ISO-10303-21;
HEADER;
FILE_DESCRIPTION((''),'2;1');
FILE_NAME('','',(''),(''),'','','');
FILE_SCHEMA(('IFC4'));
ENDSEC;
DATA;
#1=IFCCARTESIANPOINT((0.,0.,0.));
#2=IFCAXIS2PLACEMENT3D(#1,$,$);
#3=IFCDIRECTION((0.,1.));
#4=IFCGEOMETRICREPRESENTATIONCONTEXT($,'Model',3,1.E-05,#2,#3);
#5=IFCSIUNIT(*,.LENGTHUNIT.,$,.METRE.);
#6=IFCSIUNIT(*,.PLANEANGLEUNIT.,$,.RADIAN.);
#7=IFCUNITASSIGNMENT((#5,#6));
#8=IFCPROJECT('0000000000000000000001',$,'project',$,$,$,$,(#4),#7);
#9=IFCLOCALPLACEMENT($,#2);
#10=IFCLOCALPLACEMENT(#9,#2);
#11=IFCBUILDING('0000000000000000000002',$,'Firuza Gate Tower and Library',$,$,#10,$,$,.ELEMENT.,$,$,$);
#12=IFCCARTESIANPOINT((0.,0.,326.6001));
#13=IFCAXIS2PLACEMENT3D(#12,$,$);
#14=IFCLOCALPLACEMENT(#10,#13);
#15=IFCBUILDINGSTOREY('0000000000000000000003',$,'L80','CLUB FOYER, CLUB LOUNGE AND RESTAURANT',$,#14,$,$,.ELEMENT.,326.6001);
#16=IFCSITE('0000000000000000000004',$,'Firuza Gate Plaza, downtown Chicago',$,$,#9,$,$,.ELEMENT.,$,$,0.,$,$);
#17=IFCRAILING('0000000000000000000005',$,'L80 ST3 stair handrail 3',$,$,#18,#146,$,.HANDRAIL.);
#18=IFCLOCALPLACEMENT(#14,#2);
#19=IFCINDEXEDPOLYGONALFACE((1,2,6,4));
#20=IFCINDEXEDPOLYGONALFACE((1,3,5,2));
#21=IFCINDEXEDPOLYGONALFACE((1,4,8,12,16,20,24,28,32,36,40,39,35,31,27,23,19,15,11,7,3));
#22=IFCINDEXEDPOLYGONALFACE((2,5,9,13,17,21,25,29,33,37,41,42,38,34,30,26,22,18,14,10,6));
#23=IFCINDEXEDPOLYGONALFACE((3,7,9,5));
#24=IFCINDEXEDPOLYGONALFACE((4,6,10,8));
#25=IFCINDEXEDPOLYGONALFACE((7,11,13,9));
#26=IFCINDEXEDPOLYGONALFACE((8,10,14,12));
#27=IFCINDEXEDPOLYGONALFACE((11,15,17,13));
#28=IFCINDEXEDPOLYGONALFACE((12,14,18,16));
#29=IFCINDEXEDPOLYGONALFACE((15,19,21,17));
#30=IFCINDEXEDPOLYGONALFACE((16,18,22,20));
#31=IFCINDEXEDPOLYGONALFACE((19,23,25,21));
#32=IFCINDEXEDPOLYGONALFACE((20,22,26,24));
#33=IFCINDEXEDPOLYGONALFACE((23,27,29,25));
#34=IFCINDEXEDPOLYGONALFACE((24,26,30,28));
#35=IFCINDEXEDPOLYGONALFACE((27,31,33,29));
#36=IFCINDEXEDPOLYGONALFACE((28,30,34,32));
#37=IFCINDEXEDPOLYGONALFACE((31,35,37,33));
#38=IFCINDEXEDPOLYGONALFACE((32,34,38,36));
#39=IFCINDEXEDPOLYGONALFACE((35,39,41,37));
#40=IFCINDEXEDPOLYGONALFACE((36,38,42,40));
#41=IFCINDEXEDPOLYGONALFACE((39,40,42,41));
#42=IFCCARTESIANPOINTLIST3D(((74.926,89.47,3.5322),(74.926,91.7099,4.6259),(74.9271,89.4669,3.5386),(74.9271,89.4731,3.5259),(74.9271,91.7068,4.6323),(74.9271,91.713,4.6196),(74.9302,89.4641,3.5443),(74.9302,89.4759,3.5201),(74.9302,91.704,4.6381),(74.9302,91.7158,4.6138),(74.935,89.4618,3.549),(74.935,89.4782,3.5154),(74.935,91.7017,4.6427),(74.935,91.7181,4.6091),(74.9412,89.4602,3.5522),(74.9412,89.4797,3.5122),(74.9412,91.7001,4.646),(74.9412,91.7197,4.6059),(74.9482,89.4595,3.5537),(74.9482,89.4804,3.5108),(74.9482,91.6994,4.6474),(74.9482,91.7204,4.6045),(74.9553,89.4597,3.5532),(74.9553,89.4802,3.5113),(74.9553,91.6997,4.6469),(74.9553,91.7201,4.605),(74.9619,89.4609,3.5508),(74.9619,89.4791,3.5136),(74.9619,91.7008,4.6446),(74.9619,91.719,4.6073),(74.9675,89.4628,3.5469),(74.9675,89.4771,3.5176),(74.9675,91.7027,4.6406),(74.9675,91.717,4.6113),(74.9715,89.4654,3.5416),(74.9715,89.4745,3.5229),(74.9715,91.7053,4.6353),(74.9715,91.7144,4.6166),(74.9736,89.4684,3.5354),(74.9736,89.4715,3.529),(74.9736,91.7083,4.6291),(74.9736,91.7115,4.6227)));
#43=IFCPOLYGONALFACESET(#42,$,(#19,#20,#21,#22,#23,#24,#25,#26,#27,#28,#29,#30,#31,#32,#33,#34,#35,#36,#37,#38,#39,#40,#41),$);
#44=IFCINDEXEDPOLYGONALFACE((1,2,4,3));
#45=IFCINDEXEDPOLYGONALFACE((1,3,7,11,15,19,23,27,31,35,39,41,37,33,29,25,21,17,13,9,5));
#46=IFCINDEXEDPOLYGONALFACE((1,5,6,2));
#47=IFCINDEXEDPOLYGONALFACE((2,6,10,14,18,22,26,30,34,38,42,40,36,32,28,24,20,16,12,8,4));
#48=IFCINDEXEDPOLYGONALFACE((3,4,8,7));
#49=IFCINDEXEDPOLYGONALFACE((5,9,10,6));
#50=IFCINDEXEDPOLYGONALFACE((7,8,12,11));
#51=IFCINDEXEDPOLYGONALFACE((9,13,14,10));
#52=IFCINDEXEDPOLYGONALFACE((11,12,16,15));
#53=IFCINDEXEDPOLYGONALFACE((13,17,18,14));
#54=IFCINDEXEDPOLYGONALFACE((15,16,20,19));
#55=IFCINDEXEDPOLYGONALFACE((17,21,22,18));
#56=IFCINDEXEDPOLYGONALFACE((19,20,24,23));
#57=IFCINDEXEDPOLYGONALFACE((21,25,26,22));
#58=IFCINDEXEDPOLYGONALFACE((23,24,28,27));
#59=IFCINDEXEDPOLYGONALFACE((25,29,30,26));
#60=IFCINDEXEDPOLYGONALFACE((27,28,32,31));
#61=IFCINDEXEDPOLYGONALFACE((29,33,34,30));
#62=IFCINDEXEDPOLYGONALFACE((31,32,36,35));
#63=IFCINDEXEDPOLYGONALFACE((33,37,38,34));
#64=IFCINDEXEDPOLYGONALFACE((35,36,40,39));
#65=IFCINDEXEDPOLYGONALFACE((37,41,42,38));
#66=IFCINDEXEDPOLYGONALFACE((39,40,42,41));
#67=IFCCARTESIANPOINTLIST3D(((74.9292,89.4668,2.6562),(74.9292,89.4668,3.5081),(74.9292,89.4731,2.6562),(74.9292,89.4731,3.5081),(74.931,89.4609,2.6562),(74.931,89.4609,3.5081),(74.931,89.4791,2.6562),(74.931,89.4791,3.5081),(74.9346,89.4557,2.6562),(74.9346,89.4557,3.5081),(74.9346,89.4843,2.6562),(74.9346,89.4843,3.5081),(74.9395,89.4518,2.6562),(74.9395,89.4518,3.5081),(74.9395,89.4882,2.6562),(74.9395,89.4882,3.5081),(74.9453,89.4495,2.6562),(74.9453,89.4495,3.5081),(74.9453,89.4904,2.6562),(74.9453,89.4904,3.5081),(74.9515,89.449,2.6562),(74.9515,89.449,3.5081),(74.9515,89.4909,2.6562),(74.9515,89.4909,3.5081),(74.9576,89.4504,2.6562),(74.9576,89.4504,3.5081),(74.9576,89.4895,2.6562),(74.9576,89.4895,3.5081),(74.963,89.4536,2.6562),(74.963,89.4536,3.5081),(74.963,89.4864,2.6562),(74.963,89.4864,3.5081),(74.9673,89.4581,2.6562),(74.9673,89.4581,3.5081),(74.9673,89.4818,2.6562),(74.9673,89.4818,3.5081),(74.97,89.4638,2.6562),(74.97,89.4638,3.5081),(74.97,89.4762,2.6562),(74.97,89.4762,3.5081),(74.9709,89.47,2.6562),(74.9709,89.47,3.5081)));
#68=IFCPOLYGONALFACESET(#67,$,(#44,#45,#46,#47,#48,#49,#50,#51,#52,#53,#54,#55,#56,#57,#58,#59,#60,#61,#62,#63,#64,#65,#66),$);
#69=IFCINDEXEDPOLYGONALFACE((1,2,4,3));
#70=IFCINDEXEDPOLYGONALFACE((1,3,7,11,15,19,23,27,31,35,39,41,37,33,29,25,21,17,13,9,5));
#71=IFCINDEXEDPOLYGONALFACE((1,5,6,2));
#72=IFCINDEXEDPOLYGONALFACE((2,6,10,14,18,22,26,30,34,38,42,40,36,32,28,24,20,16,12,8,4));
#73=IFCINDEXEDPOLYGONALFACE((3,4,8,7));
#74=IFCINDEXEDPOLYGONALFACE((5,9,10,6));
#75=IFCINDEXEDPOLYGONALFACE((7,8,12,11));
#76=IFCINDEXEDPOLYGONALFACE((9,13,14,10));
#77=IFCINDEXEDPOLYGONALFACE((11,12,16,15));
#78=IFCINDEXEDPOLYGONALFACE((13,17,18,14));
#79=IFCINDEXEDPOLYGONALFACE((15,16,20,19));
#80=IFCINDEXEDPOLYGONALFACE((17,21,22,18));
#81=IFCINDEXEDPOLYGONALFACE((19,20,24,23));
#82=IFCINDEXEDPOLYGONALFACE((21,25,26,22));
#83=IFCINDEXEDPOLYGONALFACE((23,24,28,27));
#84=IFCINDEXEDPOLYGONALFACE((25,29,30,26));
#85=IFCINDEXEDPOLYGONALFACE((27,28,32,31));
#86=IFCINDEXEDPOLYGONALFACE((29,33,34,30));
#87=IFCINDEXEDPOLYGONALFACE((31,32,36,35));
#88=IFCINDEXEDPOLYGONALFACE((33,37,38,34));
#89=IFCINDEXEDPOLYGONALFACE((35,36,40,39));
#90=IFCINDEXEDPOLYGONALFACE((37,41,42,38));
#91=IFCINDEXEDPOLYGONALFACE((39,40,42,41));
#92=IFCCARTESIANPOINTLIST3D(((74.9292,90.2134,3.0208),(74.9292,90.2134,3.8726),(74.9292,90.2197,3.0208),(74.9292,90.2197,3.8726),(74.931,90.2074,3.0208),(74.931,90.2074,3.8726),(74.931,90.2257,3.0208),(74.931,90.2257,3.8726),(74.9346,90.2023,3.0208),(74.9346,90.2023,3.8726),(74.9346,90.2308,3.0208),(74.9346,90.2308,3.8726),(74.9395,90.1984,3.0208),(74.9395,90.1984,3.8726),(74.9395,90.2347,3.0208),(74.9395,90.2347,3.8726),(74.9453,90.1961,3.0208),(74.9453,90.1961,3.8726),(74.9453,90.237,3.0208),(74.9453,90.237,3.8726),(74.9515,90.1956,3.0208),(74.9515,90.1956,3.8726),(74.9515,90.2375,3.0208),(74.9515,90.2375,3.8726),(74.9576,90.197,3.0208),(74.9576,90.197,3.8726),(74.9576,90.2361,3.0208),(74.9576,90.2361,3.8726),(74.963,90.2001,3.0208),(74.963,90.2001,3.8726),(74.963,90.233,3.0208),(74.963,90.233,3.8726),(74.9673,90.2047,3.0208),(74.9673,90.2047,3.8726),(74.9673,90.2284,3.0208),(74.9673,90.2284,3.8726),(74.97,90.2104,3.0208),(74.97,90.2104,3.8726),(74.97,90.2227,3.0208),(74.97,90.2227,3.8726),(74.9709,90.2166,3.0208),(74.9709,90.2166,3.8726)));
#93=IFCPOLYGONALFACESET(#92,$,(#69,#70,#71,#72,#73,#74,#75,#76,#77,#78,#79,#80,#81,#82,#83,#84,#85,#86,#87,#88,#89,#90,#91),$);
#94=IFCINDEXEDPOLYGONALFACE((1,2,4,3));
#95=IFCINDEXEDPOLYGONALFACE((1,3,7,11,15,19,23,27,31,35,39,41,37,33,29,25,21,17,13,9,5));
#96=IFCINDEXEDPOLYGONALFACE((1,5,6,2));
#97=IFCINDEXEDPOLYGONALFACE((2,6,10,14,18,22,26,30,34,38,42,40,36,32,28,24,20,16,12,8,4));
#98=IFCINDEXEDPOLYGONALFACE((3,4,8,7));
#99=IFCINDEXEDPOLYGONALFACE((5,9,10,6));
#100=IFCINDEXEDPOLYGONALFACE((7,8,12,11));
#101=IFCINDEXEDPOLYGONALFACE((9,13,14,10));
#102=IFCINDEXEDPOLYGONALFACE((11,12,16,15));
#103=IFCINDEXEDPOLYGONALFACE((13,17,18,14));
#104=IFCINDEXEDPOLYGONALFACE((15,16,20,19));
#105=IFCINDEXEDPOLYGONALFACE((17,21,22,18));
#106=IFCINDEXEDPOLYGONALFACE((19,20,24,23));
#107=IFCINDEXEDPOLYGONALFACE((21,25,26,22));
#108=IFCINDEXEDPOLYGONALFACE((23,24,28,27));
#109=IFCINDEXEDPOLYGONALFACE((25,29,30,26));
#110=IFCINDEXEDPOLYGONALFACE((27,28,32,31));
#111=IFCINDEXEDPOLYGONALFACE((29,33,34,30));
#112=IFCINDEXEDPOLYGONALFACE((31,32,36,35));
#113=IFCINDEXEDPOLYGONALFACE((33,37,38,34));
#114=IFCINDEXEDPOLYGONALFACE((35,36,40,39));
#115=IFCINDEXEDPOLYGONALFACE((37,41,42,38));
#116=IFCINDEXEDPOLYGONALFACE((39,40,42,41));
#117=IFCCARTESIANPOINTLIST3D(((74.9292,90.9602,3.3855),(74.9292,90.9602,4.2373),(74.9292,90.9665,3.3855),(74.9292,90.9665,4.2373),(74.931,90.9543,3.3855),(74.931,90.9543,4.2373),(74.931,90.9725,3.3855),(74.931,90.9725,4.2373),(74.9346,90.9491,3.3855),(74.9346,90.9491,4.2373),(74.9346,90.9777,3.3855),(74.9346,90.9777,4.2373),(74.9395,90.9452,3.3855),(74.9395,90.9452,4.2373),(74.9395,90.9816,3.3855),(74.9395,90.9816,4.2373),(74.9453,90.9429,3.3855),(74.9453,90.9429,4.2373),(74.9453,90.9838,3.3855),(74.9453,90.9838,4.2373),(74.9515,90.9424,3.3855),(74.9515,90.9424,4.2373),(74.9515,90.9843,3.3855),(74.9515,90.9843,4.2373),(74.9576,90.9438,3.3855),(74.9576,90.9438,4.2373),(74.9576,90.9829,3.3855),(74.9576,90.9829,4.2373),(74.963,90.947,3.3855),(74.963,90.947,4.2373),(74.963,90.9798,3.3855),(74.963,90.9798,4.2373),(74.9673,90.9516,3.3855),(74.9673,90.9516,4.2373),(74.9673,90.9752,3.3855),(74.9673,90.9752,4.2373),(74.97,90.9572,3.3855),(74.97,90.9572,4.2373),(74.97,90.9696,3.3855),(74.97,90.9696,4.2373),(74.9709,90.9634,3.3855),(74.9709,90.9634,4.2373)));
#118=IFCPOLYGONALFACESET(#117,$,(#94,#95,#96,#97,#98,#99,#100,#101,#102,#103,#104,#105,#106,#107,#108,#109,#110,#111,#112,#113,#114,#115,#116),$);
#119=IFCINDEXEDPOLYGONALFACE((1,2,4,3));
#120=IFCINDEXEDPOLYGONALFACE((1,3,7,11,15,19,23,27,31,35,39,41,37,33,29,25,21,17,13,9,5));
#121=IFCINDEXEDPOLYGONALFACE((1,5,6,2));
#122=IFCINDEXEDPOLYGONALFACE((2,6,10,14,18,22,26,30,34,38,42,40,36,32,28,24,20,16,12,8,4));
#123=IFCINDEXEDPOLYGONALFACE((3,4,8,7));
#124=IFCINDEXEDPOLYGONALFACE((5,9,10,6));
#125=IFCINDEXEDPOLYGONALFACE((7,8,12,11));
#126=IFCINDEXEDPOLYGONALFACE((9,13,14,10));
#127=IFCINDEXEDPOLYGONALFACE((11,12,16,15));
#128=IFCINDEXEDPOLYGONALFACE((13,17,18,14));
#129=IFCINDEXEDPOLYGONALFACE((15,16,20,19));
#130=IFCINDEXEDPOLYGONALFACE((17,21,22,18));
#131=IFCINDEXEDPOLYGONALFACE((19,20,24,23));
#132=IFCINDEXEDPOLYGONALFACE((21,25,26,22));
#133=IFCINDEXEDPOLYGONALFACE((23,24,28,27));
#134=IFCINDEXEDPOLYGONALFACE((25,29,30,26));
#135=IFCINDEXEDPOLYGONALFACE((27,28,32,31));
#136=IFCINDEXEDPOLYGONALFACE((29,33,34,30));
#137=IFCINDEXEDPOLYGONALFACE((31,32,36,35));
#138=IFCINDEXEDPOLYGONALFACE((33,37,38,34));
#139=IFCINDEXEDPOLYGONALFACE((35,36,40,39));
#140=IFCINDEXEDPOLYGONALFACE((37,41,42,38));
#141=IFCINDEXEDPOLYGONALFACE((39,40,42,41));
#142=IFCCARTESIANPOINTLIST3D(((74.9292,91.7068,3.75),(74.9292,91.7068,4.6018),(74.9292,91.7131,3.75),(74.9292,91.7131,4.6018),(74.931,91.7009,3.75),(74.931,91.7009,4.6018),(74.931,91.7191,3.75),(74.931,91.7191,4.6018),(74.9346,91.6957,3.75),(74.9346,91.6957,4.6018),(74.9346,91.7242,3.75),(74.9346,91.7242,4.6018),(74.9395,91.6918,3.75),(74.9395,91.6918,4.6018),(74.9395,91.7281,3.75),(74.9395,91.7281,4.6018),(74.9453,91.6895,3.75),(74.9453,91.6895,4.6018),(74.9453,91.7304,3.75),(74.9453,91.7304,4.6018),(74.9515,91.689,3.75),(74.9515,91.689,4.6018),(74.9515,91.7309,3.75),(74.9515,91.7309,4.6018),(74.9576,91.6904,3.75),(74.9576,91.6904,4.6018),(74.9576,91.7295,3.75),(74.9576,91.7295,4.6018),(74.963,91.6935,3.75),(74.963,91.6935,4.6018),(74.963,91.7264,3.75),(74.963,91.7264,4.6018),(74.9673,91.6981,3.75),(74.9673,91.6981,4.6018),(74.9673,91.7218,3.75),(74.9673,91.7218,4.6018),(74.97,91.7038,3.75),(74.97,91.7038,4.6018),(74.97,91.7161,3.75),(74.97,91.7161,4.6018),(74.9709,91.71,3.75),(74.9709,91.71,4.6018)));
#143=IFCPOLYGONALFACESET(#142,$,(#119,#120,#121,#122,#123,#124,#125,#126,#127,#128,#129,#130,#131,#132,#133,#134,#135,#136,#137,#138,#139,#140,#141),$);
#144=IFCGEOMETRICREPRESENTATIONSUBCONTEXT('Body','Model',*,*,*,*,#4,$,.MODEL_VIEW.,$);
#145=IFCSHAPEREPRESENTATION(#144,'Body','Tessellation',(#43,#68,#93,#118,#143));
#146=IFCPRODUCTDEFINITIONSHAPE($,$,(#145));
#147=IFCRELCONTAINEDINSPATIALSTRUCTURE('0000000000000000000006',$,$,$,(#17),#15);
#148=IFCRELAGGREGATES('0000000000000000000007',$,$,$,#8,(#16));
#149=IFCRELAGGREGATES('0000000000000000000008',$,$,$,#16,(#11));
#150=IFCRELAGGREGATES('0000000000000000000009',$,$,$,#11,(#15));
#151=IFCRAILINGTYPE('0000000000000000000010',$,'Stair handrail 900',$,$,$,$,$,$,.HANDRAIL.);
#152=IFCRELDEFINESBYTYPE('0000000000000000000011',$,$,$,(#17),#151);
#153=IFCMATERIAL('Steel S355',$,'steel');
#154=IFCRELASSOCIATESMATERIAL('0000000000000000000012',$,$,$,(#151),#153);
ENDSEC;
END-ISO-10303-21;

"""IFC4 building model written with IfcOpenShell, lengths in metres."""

from ifc_helpers import new_model, si_unit, direction, frame, origin, origin_2d, place, context, subcontext, project, spatial, circle, extrude, material, type_object, element, save


model = new_model("IFC4")

# Units and contexts
model_context = context("Model", 3, precision=1e-05, world=origin(), true_north=direction((0.0, 1.0)))
body_context = subcontext(model_context, "Body", "Model", "MODEL_VIEW")
ifc_project = project(units=[si_unit("LENGTHUNIT", "METRE"), si_unit("PLANEANGLEUNIT", "RADIAN")], contexts=[model_context])

# Site, building, storey
site_placement = place(None, origin())
site = spatial("IfcSite", under=ifc_project, at=site_placement, Name="Firuza Gate Plaza, downtown Chicago", CompositionType="ELEMENT", RefElevation=0.0)
building_placement = place(site_placement, origin())
building = spatial("IfcBuilding", under=site, at=building_placement, Name="Firuza Gate Tower and Library", CompositionType="ELEMENT")
storey_placement = place(building_placement, frame((0.0, 0.0, 326.6001)))
storey = spatial("IfcBuildingStorey", under=building, at=storey_placement, Name="L80", Description="CLUB FOYER, CLUB LOUNGE AND RESTAURANT", CompositionType="ELEMENT", Elevation=326.6001)

# Railing
ifc_material_1 = material(Name="Steel S355", Category="steel")
railing_type = type_object("IfcRailingType", Name="Stair handrail 900", PredefinedType="HANDRAIL", material=ifc_material_1)
railing_placement = place(storey_placement, frame((74.95, 89.47, 2.6562)))
element("IfcRailing", 1, at=railing_placement, inside=storey, type_object=railing_type, Name="L80 ST3 stair handrail 3", PredefinedType="HANDRAIL", context=body_context, shape_type="SweptSolid", body=[
    extrude(circle(Radius=0.0239, at=origin_2d()), frame((0.0, 0.0, 0.876), z_axis=(0.0, 0.898599, 0.438771), x_axis=(-1.0, 0.0, 0.0)), (0.0, 0.0, 1.0), 2.4927),
    extrude(circle(Radius=0.021, at=origin_2d()), origin(), (0.0, 0.0, 1.0), 0.8518),
    extrude(circle(Radius=0.021, at=origin_2d()), frame((0.0, 0.7466, 0.3645)), (0.0, 0.0, 1.0), 0.8518),
    extrude(circle(Radius=0.021, at=origin_2d()), frame((0.0, 1.4934, 0.7292)), (0.0, 0.0, 1.0), 0.8518),
    extrude(circle(Radius=0.021, at=origin_2d()), frame((0.0, 2.24, 1.0938)), (0.0, 0.0, 1.0), 0.8518),
])

save(model, "model.ifc")
